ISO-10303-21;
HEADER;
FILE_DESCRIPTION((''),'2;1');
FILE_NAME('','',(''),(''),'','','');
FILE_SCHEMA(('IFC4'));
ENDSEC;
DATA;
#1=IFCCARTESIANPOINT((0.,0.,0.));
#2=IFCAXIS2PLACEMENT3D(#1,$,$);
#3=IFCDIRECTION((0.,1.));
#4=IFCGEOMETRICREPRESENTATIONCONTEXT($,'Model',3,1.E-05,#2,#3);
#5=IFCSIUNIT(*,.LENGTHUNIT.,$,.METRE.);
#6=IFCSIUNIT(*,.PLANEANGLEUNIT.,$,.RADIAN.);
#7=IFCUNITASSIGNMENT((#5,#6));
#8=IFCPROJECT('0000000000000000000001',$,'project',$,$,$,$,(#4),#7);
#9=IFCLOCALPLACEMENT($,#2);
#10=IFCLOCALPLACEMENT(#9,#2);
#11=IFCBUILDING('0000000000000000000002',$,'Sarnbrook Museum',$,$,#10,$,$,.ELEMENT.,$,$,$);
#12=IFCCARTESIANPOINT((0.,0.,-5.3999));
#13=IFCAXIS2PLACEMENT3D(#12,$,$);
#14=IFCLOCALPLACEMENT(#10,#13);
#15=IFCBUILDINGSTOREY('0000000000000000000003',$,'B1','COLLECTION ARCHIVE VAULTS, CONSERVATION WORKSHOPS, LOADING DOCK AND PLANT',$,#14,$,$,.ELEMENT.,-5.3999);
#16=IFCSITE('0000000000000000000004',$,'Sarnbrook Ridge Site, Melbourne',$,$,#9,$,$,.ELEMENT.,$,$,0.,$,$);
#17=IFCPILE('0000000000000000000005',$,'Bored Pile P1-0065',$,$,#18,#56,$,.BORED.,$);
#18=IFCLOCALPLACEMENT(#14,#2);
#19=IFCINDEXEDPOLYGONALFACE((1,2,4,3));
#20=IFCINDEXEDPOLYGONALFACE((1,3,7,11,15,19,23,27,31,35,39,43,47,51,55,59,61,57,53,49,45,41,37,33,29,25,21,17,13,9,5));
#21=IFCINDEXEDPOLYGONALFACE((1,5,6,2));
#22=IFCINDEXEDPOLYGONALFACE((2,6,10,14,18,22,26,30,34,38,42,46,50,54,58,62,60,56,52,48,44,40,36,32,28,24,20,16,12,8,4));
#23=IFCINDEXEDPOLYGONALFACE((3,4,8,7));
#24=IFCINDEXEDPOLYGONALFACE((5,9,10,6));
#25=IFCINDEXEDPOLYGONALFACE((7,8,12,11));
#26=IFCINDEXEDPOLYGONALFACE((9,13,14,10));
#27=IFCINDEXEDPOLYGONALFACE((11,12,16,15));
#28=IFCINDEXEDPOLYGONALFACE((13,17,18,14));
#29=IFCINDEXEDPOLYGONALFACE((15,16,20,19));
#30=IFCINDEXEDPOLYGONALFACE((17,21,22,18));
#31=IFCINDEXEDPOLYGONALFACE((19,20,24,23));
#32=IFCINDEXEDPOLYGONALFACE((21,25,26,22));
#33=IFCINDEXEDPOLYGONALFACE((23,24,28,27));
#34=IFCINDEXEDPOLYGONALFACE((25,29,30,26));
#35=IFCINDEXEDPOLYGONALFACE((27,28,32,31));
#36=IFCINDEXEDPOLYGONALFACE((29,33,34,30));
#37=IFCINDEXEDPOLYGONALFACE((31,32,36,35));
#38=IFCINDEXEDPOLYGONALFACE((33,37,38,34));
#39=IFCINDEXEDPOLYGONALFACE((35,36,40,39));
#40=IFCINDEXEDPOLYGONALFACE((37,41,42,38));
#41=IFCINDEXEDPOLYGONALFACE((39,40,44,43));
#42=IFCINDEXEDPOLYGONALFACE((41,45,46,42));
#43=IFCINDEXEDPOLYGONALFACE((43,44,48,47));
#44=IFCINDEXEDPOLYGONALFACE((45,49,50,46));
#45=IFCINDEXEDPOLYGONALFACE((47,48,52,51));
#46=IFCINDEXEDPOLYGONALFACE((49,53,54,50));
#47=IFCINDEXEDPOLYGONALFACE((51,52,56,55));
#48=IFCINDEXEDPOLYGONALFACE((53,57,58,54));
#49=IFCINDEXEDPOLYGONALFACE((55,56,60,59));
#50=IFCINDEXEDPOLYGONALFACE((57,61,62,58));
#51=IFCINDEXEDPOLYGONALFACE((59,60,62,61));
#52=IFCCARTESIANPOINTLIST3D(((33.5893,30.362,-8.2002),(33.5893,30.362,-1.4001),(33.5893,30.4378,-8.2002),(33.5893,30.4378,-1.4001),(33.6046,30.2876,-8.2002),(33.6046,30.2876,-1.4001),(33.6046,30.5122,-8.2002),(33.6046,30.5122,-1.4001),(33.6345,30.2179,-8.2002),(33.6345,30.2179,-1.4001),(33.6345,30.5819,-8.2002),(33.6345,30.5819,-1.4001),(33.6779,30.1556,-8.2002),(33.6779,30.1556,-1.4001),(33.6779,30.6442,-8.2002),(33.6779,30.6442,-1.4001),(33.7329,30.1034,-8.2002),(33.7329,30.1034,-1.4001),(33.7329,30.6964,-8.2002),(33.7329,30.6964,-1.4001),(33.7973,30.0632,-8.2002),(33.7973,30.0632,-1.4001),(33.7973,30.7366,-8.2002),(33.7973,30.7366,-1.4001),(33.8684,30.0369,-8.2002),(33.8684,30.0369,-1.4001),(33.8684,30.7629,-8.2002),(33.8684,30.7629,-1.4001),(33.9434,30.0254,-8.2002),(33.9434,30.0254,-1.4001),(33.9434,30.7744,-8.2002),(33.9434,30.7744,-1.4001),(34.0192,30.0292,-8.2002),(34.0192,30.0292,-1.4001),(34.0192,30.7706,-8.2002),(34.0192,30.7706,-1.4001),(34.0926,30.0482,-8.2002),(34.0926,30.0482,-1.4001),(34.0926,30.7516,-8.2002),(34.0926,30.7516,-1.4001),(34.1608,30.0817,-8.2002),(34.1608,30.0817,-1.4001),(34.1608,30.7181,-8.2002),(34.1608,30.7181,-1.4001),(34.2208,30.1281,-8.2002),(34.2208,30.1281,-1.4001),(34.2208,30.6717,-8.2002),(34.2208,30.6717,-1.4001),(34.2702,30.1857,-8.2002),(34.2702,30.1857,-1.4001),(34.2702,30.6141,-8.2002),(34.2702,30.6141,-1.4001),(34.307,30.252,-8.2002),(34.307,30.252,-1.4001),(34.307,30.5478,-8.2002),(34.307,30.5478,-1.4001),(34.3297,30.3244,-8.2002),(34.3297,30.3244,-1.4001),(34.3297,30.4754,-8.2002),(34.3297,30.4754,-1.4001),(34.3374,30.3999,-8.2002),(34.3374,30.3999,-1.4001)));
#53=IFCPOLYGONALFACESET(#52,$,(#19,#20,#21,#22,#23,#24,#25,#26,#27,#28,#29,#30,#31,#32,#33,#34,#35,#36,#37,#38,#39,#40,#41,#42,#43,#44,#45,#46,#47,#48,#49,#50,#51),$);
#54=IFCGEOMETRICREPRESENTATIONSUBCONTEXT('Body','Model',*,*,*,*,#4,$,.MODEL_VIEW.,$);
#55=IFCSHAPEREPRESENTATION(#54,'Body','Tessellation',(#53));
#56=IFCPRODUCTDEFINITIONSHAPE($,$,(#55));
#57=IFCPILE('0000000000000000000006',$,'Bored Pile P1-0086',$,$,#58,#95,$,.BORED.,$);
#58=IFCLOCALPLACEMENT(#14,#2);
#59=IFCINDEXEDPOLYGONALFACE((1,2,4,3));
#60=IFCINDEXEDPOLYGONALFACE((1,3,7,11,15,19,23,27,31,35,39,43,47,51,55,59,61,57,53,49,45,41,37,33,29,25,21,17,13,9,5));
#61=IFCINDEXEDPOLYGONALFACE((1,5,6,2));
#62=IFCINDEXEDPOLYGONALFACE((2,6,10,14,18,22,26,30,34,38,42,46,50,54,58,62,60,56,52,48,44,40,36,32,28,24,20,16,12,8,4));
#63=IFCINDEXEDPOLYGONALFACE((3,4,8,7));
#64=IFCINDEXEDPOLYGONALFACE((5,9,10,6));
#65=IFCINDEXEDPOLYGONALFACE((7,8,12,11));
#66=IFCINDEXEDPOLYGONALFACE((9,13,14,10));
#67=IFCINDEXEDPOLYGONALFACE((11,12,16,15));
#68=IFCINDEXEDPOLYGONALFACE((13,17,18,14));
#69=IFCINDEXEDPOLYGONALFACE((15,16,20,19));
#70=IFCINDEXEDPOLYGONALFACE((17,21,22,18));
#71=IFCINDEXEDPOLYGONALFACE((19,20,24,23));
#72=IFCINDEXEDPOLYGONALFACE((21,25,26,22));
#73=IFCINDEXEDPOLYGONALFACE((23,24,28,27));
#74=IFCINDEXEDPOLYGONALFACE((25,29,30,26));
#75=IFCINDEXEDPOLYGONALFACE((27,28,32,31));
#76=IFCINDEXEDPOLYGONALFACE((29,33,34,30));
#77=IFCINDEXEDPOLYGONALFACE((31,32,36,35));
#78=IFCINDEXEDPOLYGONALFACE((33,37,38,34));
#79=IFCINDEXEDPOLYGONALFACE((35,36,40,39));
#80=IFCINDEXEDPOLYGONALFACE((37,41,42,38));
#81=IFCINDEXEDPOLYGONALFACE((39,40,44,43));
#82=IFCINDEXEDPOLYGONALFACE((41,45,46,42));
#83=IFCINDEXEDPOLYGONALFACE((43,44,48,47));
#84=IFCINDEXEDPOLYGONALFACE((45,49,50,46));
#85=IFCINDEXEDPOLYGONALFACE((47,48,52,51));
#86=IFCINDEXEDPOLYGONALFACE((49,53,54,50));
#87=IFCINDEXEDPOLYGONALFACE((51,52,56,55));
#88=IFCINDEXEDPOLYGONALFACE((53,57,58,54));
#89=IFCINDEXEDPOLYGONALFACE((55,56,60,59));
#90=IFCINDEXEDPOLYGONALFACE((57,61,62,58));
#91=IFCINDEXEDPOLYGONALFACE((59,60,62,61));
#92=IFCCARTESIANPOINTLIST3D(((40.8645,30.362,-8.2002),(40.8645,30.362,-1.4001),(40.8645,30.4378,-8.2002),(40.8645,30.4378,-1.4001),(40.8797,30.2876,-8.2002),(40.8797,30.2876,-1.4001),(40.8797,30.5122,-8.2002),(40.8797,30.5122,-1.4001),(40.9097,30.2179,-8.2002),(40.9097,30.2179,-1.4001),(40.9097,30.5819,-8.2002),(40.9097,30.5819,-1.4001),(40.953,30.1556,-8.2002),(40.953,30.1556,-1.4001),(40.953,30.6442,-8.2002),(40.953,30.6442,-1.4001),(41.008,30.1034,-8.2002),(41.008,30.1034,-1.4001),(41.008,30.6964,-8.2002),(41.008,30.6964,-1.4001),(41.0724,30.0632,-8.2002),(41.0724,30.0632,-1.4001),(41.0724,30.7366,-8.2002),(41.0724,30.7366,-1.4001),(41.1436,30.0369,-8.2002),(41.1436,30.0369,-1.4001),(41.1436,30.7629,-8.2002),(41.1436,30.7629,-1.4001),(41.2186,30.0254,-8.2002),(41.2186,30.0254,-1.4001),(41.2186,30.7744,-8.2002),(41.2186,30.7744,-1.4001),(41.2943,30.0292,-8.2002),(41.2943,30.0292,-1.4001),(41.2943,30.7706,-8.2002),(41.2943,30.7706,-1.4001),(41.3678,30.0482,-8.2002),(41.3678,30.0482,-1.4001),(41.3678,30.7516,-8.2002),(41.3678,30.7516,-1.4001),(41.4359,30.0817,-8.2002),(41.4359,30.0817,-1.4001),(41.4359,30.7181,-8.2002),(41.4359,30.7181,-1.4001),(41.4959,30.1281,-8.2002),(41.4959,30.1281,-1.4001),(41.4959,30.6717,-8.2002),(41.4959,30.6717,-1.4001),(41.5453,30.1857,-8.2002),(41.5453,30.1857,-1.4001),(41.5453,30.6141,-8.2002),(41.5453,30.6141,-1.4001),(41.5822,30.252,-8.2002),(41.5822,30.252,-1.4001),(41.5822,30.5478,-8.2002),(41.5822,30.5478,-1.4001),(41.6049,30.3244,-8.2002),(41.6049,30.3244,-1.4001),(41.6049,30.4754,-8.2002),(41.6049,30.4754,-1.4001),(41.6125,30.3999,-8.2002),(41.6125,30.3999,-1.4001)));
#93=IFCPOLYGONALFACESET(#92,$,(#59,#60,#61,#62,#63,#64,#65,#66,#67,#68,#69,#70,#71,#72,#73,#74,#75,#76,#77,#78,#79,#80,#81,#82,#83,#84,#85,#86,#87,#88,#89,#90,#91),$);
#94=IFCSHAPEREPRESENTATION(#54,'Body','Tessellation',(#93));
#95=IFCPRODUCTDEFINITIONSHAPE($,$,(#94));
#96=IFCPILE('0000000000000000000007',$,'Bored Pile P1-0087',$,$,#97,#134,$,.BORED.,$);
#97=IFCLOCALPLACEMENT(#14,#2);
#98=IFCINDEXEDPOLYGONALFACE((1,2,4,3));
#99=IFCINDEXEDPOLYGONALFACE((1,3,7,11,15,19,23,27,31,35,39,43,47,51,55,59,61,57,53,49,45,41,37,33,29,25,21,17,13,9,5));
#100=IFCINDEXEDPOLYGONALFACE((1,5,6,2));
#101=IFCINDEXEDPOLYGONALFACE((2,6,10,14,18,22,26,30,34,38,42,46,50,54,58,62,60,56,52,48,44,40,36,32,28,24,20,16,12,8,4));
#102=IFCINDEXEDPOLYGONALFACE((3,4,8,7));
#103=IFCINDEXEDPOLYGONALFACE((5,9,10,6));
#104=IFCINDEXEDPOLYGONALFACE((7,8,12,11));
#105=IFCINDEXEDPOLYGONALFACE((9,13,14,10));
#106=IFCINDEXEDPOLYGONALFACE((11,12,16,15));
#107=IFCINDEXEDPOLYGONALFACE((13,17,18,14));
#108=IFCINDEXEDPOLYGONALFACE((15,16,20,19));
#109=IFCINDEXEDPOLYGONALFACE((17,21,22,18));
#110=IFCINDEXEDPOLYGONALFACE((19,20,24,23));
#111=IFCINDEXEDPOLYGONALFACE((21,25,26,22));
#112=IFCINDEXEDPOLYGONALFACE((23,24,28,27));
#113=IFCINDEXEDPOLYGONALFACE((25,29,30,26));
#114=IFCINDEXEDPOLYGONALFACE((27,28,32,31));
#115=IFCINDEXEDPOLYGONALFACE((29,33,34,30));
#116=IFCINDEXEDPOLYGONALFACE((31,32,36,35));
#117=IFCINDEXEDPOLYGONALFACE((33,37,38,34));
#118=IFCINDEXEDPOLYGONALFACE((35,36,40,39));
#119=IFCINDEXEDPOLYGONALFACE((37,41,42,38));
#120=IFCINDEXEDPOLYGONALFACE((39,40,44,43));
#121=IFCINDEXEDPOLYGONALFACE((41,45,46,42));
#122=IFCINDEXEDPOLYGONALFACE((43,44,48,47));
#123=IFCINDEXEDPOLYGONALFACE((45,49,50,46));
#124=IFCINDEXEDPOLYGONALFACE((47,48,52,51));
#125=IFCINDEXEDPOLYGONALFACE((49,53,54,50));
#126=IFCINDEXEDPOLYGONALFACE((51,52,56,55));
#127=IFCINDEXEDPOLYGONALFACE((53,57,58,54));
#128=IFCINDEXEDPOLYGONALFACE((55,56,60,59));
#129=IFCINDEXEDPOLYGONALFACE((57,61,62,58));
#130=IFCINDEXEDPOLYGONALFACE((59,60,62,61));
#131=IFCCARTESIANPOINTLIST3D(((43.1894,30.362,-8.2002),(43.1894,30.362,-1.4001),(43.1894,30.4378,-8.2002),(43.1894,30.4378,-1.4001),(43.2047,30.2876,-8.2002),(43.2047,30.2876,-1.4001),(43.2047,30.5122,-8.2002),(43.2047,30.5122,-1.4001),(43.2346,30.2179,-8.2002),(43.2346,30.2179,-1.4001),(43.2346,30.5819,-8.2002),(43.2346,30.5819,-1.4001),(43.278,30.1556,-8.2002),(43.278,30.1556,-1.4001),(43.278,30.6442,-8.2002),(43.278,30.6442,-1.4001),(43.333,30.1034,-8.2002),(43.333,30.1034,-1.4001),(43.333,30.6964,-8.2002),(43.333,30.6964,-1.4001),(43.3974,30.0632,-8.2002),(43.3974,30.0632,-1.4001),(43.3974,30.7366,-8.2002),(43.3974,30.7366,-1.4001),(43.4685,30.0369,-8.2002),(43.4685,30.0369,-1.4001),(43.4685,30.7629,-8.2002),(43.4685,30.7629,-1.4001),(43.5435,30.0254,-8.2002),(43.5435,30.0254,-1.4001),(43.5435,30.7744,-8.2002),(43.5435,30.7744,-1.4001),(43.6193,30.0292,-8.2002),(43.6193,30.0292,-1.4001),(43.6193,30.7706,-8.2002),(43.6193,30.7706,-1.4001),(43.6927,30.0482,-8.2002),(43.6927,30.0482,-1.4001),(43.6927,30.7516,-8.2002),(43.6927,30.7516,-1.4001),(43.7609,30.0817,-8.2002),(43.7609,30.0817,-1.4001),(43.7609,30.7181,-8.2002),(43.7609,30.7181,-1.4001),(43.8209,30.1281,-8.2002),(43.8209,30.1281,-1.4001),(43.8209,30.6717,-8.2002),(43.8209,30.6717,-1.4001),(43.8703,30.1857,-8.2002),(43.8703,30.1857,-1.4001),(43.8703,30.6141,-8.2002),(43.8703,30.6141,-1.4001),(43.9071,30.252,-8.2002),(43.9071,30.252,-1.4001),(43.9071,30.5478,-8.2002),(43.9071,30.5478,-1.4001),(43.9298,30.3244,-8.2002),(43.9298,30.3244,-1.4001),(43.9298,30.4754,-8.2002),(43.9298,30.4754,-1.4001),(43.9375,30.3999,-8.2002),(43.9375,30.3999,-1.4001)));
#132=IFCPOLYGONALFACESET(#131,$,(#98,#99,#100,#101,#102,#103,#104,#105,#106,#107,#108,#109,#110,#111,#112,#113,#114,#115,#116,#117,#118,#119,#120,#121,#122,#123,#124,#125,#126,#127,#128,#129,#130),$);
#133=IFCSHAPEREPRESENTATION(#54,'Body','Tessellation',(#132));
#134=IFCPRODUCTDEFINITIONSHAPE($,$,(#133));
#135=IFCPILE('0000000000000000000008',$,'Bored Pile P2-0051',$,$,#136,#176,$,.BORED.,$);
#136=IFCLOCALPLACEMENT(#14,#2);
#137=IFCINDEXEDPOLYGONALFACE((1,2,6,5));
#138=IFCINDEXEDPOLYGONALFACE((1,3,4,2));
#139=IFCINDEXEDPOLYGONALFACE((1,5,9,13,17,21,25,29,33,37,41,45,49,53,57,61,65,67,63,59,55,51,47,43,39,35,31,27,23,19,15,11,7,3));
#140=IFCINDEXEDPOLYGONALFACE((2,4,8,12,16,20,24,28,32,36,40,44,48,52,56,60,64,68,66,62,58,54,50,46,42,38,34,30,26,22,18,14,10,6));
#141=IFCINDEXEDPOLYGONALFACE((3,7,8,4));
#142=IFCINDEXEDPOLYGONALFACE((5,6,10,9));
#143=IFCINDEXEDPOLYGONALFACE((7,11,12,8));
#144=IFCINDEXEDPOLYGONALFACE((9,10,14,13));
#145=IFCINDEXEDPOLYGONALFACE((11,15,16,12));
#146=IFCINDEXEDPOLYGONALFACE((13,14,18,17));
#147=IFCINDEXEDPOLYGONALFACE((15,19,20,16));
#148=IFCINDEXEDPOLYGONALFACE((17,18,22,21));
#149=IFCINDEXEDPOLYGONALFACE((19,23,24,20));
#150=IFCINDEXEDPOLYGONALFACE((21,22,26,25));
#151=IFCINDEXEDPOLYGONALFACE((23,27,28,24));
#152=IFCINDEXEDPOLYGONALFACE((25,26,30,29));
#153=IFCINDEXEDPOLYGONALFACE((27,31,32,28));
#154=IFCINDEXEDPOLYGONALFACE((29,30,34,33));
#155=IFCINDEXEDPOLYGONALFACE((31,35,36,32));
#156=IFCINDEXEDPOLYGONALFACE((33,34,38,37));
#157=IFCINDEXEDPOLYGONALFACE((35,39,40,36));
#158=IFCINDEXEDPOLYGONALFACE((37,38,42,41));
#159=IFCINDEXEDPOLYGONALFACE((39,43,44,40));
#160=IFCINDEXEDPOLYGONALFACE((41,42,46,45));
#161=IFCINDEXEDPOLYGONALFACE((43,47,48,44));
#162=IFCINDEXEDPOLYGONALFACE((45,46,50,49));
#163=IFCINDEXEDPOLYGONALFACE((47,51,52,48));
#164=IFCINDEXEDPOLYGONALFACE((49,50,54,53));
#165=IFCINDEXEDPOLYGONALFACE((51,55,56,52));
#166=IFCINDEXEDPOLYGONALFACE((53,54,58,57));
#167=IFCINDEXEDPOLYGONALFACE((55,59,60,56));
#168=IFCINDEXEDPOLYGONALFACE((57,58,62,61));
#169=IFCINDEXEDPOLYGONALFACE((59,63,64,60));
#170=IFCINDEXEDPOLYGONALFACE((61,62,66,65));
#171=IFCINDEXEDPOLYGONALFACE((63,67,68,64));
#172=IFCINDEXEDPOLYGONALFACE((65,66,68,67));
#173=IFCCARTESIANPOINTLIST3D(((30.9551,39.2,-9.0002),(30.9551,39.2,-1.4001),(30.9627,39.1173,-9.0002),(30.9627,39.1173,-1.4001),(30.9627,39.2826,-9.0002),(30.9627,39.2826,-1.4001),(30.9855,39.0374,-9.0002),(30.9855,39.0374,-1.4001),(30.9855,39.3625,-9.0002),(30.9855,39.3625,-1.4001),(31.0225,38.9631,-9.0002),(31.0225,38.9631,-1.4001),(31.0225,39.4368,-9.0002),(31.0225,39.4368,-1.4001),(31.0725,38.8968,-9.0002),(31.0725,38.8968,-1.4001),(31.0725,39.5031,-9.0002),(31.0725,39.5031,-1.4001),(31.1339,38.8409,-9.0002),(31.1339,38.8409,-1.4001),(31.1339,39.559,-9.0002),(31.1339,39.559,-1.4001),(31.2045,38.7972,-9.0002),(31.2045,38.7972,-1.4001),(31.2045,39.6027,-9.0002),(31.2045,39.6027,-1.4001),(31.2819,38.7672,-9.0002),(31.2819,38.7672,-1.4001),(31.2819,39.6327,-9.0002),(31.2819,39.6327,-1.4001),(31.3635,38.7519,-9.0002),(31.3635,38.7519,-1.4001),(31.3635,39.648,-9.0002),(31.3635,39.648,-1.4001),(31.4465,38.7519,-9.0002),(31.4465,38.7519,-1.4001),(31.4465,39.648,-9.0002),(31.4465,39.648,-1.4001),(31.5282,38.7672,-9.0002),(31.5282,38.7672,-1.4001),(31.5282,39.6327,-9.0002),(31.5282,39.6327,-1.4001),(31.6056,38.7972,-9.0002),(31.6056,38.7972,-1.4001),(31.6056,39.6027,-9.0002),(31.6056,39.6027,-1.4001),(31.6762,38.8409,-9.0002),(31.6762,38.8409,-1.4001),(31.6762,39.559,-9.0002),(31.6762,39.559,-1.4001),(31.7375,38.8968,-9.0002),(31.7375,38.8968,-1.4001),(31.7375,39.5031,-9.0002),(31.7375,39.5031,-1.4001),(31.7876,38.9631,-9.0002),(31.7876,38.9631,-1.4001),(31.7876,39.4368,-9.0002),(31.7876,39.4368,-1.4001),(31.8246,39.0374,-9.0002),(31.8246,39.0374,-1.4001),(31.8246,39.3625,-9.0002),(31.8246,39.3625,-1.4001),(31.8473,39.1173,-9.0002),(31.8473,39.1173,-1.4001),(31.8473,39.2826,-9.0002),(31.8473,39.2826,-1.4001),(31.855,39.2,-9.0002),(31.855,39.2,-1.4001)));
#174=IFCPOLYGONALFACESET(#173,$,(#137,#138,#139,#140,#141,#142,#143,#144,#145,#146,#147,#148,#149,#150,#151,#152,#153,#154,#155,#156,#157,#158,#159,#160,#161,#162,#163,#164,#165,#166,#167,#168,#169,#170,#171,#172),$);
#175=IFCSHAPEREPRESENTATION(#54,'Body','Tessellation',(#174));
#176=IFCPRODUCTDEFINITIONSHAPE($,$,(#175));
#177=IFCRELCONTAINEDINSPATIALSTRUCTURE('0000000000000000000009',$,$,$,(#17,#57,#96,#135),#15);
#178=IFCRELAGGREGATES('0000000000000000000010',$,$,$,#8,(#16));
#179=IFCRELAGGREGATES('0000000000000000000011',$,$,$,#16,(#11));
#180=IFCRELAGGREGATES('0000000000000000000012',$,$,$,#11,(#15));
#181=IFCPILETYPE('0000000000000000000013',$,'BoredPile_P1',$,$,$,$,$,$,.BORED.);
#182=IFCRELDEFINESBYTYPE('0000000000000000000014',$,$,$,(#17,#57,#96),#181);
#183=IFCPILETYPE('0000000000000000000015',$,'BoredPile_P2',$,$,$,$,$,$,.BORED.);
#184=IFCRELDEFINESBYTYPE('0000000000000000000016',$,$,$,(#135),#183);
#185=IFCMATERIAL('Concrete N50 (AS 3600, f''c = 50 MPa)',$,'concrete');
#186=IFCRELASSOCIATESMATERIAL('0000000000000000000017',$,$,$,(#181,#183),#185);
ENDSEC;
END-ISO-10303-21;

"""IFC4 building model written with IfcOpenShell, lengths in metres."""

from ifc_helpers import new_model, si_unit, direction, frame, origin, origin_2d, place, context, subcontext, project, spatial, circle, extrude, material, material_profile, profile_set, type_object, element, save


model = new_model("IFC4")

# Units and contexts
model_context = context("Model", 3, precision=1e-05, world=origin(), true_north=direction((0.0, 1.0)))
body_context = subcontext(model_context, "Body", "Model", "MODEL_VIEW")
ifc_project = project(units=[si_unit("LENGTHUNIT", "METRE"), si_unit("PLANEANGLEUNIT", "RADIAN")], contexts=[model_context])

# Site, building, storey
site_placement = place(None, origin())
site = spatial("IfcSite", under=ifc_project, at=site_placement, Name="Sarnbrook Ridge Site, Melbourne", CompositionType="ELEMENT", RefElevation=0.0)
building_placement = place(site_placement, origin())
building = spatial("IfcBuilding", under=site, at=building_placement, Name="Sarnbrook Museum", CompositionType="ELEMENT")
storey_placement = place(building_placement, frame((0.0, 0.0, -5.3999)))
storey = spatial("IfcBuildingStorey", under=building, at=storey_placement, Name="B1", Description="COLLECTION ARCHIVE VAULTS, CONSERVATION WORKSHOPS, LOADING DOCK AND PLANT", CompositionType="ELEMENT", Elevation=-5.3999)

# Piles
ifc_material_1 = material(Name="Concrete N50 (AS 3600, f'c = 50 MPa)", Category="concrete")
ifc_material_profile_1 = material_profile(ifc_material_1, circle(Radius=0.375, at=origin_2d()), Name="BORED PILE D750")
ifc_profile_set_1 = profile_set([ifc_material_profile_1], Name="Concrete N50 (AS 3600, f'c = 50 MPa)")
pile_type_1 = type_object("IfcPileType", Name="BoredPile_P1", PredefinedType="BORED", material=ifc_profile_set_1)
for number, where, z_axis, x_axis, name in (
    (1, (33.9624, 30.3999, -1.4001), (0.0, 0.0, -1.0), (1.0, 0.0, 0.0), "Bored Pile P1-0065"),
    (2, (41.2375, 30.3999, -1.4001), (0.0, 0.0, -1.0), (1.0, 0.0, 0.0), "Bored Pile P1-0086"),
    (3, (43.5625, 30.3999, -1.4001), (0.0, 0.0, -1.0), (1.0, 0.0, 0.0), "Bored Pile P1-0087"),
):
    element("IfcPile", number, at=place(storey_placement, frame(where, z_axis=z_axis, x_axis=x_axis)), inside=storey, type_object=pile_type_1, Name=name, PredefinedType="BORED", context=body_context, shape_type="SweptSolid", body=[
        extrude(circle(Radius=0.375, at=origin_2d()), origin(), (0.0, 0.0, 1.0), 6.8),
    ])
ifc_material_profile_2 = material_profile(ifc_material_1, circle(Radius=0.45, at=origin_2d()), Name="BORED PILE D900")
ifc_profile_set_2 = profile_set([ifc_material_profile_2], Name="Concrete N50 (AS 3600, f'c = 50 MPa)")
pile_type_2 = type_object("IfcPileType", Name="BoredPile_P2", PredefinedType="BORED", material=ifc_profile_set_2)
for number, where, z_axis, x_axis, name in (
    (4, (31.405, 39.2, -1.4001), (0.0, 0.0, -1.0), (1.0, 0.0, 0.0), "Bored Pile P2-0051"),
):
    element("IfcPile", number, at=place(storey_placement, frame(where, z_axis=z_axis, x_axis=x_axis)), inside=storey, type_object=pile_type_2, Name=name, PredefinedType="BORED", context=body_context, shape_type="SweptSolid", body=[
        extrude(circle(Radius=0.45, at=origin_2d()), origin(), (0.0, 0.0, 1.0), 7.6001),
    ])

save(model, "model.ifc")
